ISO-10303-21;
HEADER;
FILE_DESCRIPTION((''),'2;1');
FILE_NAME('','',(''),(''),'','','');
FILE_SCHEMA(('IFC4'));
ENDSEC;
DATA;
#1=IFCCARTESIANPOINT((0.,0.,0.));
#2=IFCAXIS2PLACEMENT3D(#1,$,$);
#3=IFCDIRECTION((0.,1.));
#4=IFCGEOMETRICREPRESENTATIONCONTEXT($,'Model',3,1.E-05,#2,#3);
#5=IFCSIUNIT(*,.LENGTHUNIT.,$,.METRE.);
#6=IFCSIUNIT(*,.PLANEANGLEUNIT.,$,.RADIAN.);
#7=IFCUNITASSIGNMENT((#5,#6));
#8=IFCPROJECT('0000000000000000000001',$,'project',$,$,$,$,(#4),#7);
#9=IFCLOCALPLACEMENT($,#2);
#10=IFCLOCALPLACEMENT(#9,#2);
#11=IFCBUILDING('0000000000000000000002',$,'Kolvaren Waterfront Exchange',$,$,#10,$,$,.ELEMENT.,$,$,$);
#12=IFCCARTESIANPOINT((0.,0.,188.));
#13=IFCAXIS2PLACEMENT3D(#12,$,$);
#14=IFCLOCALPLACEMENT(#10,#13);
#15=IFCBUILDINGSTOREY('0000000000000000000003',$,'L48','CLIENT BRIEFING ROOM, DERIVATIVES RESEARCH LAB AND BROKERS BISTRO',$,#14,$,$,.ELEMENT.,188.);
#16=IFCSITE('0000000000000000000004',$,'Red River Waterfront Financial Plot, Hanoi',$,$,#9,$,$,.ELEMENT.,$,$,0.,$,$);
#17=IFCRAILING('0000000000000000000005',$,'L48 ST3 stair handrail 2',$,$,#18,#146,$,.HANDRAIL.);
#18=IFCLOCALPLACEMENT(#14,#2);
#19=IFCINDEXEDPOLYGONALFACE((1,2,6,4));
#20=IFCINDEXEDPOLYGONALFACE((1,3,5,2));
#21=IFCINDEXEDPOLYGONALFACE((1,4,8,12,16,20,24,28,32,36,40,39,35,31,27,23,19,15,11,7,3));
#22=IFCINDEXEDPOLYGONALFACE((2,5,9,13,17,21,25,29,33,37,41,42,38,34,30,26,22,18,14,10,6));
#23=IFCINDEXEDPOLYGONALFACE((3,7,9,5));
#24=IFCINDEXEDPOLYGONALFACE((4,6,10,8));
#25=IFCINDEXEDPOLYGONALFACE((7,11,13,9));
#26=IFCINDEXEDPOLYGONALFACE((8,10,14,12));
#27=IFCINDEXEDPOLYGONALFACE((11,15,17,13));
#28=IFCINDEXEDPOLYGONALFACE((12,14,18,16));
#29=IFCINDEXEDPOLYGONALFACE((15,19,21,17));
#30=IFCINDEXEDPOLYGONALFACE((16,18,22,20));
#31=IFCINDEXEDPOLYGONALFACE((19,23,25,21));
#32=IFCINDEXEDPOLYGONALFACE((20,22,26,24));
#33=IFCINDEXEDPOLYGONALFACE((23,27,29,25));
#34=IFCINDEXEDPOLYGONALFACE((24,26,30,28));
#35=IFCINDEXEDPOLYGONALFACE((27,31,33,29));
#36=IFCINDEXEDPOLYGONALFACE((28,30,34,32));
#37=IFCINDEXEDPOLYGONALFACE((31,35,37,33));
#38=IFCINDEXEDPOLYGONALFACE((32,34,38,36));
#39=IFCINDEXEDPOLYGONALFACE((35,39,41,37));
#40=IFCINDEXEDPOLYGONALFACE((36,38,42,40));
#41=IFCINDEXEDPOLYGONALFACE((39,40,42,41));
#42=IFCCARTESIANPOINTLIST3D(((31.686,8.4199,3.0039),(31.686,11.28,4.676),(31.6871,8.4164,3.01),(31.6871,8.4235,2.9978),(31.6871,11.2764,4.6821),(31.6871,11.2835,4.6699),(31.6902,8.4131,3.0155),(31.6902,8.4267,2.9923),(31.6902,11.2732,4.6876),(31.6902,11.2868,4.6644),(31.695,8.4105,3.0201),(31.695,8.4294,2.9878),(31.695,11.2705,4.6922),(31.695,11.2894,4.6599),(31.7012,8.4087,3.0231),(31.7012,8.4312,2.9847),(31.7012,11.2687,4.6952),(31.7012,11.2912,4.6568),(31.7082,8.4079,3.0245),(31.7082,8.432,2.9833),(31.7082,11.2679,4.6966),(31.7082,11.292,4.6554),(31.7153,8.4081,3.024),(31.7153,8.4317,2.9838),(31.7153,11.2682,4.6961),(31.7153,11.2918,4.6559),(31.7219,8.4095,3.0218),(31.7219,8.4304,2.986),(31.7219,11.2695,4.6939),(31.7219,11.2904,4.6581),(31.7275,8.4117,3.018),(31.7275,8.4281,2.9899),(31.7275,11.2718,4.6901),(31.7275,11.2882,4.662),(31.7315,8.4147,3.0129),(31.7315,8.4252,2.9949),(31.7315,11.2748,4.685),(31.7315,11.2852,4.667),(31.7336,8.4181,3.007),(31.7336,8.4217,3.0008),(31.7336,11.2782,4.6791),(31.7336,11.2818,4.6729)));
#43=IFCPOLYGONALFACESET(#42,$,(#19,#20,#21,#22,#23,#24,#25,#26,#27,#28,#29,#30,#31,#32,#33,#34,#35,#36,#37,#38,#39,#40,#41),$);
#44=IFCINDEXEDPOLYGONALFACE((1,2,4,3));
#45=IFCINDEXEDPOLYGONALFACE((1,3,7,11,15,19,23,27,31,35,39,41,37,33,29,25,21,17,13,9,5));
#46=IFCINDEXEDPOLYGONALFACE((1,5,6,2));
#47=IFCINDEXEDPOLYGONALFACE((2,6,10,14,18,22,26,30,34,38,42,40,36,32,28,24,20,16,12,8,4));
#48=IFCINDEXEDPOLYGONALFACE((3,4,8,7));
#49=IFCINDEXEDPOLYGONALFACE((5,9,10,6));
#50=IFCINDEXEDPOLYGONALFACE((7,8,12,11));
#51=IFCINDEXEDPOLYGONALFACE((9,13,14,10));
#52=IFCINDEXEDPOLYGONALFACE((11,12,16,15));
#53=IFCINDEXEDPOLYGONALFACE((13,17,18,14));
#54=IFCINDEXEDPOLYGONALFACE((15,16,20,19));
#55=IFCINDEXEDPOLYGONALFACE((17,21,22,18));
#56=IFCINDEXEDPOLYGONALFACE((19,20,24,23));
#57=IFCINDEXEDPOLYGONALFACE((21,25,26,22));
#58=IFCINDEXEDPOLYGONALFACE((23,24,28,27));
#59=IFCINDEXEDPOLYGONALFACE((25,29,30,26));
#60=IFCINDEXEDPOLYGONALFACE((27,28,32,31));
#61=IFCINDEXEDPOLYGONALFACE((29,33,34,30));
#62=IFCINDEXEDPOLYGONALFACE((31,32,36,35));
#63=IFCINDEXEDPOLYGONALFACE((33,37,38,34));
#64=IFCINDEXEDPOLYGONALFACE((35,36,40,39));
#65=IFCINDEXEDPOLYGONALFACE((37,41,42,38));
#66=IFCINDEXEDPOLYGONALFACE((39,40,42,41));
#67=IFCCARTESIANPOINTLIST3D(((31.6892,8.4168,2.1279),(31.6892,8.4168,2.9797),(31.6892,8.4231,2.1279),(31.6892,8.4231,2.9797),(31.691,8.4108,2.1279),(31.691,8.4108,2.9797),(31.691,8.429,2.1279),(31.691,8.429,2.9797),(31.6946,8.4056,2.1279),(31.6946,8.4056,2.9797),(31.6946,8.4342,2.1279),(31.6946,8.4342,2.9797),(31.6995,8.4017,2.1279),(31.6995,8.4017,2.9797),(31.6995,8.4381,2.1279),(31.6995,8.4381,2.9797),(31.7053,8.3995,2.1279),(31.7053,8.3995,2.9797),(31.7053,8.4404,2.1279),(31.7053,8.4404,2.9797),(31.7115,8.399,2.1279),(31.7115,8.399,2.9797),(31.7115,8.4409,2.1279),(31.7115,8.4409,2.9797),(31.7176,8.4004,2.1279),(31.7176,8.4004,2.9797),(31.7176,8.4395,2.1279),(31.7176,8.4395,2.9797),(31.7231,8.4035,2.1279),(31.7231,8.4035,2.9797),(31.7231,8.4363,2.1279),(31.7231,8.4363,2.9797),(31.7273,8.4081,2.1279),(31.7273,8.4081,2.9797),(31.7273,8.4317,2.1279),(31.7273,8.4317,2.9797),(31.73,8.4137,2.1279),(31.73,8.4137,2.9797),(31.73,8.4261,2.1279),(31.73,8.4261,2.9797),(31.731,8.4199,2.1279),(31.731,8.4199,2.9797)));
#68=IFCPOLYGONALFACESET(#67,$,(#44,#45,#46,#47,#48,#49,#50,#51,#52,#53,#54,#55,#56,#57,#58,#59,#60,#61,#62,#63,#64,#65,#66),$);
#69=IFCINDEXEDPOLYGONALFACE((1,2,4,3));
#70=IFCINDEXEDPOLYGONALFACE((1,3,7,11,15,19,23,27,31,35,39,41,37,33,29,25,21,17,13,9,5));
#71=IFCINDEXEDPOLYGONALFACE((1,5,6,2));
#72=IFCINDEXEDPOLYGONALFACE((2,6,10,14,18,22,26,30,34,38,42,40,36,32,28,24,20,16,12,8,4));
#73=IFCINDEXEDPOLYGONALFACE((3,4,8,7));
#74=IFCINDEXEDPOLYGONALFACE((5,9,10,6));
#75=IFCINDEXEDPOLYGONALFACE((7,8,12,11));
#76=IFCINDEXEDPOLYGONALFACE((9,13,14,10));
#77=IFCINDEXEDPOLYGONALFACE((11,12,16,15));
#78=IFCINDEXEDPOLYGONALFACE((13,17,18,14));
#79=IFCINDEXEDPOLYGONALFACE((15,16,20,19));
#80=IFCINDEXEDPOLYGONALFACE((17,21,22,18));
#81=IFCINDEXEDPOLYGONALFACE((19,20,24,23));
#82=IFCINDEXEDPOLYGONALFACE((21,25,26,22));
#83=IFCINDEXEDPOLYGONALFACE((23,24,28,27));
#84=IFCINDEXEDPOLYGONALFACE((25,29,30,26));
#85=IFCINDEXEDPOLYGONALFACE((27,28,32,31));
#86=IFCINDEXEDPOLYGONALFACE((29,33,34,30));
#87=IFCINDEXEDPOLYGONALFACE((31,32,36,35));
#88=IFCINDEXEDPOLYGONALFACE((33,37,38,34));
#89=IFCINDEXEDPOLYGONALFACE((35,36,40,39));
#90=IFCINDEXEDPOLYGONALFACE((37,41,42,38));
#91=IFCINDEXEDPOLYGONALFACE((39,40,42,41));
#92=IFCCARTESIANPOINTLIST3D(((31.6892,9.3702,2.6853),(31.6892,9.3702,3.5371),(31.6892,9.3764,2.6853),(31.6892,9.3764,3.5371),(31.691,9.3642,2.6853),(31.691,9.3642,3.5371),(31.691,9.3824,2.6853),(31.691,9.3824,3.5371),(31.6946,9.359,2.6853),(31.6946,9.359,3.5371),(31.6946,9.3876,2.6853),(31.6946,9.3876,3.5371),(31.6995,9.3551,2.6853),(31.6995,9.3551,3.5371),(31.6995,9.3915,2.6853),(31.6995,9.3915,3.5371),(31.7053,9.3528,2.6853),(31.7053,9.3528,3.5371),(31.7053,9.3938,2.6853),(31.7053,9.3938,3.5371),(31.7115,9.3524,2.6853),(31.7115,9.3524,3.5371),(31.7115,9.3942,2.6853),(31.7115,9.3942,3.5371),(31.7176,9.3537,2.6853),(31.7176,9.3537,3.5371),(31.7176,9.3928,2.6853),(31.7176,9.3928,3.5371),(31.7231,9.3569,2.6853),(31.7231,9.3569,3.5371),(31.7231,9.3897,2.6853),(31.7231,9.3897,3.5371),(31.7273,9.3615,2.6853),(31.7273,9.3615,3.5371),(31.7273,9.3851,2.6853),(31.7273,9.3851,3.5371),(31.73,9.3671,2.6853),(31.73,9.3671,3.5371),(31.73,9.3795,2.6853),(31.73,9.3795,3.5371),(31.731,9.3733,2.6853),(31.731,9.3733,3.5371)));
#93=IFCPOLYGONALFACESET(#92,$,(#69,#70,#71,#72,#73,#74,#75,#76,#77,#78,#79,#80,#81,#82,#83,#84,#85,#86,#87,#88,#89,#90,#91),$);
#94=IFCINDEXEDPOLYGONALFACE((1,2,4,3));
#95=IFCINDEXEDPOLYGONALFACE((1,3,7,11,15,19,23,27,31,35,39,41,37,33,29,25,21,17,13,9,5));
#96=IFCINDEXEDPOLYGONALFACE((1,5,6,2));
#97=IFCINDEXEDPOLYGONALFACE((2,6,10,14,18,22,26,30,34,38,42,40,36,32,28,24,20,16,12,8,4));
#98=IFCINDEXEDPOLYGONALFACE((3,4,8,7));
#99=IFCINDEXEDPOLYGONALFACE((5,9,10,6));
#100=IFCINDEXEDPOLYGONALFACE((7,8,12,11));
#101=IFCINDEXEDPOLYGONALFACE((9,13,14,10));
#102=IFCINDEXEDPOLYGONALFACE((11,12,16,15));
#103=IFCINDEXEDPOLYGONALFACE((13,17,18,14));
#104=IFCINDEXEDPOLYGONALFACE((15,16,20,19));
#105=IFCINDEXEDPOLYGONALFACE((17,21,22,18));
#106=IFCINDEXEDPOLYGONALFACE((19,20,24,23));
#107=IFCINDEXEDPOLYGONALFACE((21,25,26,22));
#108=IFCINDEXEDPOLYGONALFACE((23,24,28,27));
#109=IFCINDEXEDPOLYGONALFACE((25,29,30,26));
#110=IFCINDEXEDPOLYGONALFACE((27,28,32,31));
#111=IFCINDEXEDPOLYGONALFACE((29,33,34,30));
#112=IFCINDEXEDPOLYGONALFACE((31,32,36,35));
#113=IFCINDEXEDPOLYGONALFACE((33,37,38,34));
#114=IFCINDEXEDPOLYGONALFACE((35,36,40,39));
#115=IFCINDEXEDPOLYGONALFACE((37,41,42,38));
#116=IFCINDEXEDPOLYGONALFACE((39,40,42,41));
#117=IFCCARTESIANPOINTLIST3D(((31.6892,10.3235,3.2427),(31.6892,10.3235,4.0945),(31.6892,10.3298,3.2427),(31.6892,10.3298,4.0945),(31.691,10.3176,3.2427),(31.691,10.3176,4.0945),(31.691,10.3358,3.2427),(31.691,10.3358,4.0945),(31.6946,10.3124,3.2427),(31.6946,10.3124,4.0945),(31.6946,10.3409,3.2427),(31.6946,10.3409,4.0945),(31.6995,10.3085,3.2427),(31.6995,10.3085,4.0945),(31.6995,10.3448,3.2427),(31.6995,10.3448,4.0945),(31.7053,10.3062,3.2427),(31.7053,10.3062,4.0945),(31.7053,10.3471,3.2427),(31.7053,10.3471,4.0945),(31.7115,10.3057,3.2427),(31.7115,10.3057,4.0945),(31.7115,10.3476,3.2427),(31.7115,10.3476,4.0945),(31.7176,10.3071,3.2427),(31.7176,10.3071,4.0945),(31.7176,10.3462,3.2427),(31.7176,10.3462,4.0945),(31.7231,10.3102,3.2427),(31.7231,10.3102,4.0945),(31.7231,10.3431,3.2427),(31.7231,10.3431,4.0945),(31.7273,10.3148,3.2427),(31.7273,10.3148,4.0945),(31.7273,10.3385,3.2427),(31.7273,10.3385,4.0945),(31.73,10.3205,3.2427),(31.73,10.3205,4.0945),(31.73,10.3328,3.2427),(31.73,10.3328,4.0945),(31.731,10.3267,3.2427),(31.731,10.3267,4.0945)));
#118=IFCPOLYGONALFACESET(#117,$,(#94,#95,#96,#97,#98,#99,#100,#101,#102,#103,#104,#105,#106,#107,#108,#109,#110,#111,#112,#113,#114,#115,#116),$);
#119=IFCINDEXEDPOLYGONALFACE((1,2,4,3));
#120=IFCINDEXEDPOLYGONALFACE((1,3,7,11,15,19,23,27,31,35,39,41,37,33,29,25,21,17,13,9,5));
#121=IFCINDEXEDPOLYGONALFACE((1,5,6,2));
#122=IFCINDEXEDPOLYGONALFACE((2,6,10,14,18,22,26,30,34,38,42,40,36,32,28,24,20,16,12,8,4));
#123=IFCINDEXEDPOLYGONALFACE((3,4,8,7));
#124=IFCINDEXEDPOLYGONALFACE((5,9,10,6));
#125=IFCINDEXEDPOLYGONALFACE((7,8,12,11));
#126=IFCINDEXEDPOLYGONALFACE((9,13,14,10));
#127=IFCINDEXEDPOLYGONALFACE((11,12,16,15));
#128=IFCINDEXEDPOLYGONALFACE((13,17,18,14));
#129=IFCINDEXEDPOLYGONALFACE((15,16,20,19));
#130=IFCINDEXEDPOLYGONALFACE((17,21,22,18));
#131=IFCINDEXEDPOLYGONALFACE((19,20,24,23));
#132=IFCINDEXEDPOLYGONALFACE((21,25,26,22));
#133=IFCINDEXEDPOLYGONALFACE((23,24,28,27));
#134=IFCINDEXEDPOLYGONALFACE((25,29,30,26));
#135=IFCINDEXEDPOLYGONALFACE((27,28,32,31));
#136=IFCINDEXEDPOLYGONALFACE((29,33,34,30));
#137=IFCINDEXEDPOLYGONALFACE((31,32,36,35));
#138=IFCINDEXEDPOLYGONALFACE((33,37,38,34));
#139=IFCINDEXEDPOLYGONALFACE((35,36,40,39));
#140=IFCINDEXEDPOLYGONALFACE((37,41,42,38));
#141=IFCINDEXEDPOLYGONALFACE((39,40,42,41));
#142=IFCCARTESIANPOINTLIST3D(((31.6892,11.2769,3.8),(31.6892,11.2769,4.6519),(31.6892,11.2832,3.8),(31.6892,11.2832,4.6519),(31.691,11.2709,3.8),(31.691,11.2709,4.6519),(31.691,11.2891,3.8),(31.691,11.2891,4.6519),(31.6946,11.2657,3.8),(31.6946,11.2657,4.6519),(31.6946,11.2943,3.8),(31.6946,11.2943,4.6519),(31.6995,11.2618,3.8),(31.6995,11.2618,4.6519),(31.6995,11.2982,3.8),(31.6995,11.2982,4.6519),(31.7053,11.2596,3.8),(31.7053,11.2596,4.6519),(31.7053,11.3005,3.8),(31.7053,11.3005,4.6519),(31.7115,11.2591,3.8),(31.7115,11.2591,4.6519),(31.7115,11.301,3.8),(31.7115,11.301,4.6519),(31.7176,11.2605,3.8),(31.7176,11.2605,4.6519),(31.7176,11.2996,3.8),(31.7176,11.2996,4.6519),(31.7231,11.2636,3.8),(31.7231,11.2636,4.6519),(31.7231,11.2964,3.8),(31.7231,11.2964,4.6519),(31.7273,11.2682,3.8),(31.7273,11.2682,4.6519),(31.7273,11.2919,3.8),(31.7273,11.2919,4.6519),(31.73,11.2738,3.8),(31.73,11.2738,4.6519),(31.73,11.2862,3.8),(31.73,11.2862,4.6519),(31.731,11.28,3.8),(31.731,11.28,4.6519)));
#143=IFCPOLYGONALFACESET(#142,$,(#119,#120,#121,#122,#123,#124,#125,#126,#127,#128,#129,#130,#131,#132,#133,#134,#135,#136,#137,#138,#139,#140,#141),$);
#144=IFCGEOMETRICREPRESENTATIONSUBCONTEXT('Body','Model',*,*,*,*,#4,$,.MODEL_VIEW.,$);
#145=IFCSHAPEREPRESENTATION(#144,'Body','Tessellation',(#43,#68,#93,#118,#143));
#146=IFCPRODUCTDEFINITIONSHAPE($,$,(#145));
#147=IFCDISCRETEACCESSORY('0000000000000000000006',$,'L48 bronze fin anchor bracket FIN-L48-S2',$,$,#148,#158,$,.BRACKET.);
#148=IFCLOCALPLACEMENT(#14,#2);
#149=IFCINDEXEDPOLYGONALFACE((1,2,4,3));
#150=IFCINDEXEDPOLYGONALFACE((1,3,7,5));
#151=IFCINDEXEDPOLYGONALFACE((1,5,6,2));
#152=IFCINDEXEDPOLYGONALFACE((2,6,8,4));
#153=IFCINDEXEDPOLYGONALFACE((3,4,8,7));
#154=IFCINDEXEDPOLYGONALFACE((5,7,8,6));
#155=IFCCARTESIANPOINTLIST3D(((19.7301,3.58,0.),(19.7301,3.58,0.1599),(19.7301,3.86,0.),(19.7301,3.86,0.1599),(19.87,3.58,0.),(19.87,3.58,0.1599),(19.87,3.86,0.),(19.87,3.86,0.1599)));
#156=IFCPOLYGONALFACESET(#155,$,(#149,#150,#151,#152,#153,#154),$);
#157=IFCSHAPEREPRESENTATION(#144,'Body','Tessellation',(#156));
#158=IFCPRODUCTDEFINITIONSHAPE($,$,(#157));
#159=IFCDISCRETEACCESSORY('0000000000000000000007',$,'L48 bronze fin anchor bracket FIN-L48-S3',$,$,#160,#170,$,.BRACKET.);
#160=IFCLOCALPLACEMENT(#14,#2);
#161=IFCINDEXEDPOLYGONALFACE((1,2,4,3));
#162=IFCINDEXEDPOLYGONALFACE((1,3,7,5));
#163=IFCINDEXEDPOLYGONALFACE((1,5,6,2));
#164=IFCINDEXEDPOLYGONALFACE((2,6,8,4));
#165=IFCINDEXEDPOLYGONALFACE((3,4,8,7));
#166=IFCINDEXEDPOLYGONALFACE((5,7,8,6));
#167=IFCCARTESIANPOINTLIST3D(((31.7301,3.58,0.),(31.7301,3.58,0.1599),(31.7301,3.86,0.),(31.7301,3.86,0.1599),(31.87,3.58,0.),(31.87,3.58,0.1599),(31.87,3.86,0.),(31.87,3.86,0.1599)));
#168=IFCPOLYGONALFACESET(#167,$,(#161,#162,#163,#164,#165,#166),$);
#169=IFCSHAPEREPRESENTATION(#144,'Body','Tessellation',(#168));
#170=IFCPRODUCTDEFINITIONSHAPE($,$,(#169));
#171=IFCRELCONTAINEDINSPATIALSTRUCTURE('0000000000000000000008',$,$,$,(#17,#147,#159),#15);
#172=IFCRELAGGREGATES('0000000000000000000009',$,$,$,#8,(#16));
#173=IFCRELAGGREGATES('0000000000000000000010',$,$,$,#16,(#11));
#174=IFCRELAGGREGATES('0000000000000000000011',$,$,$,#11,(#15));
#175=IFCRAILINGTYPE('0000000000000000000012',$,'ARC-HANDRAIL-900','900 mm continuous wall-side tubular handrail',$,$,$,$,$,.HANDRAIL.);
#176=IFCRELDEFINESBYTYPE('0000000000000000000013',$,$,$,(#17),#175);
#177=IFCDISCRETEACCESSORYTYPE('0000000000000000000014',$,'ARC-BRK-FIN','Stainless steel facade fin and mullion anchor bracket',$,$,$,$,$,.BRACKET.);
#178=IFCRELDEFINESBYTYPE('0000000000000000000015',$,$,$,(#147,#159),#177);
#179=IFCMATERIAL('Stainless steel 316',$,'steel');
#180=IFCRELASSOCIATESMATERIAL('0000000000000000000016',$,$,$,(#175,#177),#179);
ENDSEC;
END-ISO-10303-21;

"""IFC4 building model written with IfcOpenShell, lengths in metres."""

from ifc_helpers import new_model, si_unit, direction, frame, origin, origin_with_axes, origin_2d, place, context, subcontext, project, spatial, rectangle, circle, extrude, source, transform, mapped, material, type_object, element, save


model = new_model("IFC4")

# Units and contexts
model_context = context("Model", 3, precision=1e-05, world=origin(), true_north=direction((0.0, 1.0)))
body_context = subcontext(model_context, "Body", "Model", "MODEL_VIEW")
ifc_project = project(units=[si_unit("LENGTHUNIT", "METRE"), si_unit("PLANEANGLEUNIT", "RADIAN")], contexts=[model_context])

# Site, building, storey
site_placement = place(None, origin())
site = spatial("IfcSite", under=ifc_project, at=site_placement, Name="Red River Waterfront Financial Plot, Hanoi", CompositionType="ELEMENT", RefElevation=0.0)
building_placement = place(site_placement, origin())
building = spatial("IfcBuilding", under=site, at=building_placement, Name="Kolvaren Waterfront Exchange", CompositionType="ELEMENT")
storey_placement = place(building_placement, frame((0.0, 0.0, 188.0)))
storey = spatial("IfcBuildingStorey", under=building, at=storey_placement, Name="L48", Description="CLIENT BRIEFING ROOM, DERIVATIVES RESEARCH LAB AND BROKERS BISTRO", CompositionType="ELEMENT", Elevation=188.0)

# Railing
ifc_material_1 = material(Name="Stainless steel 316", Category="steel")
railing_type_1 = type_object("IfcRailingType", Name="ARC-HANDRAIL-900", Description="900 mm continuous wall-side tubular handrail", PredefinedType="HANDRAIL", material=ifc_material_1)
railing_1_placement = place(storey_placement, frame((31.71, 8.4199, 2.1279)))
element("IfcRailing", 1, at=railing_1_placement, inside=storey, type_object=railing_type_1, Name="L48 ST3 stair handrail 2", PredefinedType="HANDRAIL", context=body_context, shape_type="SweptSolid", body=[
    extrude(circle(Radius=0.0239, at=origin_2d()), frame((0.0, 0.0, 0.876), z_axis=(0.0, 0.863289, 0.504709), x_axis=(-1.0, 0.0, 0.0)), (0.0, 0.0, 1.0), 3.313),
    extrude(circle(Radius=0.021, at=origin_2d()), origin(), (0.0, 0.0, 1.0), 0.8518),
    extrude(circle(Radius=0.021, at=origin_2d()), frame((0.0, 0.9534, 0.5574)), (0.0, 0.0, 1.0), 0.8518),
    extrude(circle(Radius=0.021, at=origin_2d()), frame((0.0, 1.9067, 1.1147)), (0.0, 0.0, 1.0), 0.8518),
    extrude(circle(Radius=0.021, at=origin_2d()), frame((0.0, 2.8601, 1.6721)), (0.0, 0.0, 1.0), 0.8518),
])

# Discrete accessories
discrete_accessory_type = type_object("IfcDiscreteAccessoryType", Name="ARC-BRK-FIN", Description="Stainless steel facade fin and mullion anchor bracket", PredefinedType="BRACKET", material=ifc_material_1)
shared_shape_1 = source(origin_with_axes(), body_context, "Body", "SweptSolid", [
    extrude(rectangle(XDim=0.28, YDim=0.1399, at=origin_2d()), origin(), (0.0, 0.0, 1.0), 0.1599),
])
for number, where, z_axis, x_axis, name in (
    (2, (19.8, 3.72, 0.0), (0.0, 0.0, 1.0), (0.0, -1.0, 0.0), "L48 bronze fin anchor bracket FIN-L48-S2"),
    (3, (31.8, 3.72, 0.0), (0.0, 0.0, 1.0), (0.0, -1.0, 0.0), "L48 bronze fin anchor bracket FIN-L48-S3"),
):
    element("IfcDiscreteAccessory", number, at=place(storey_placement, frame(where, z_axis=z_axis, x_axis=x_axis)), inside=storey, type_object=discrete_accessory_type, Name=name, PredefinedType="BRACKET", context=body_context, shape_type="MappedRepresentation", body=[
        mapped(shared_shape_1, transform((0.0, 0.0, 0.0), x_axis=(1.0, 0.0, 0.0), y_axis=(0.0, 1.0, 0.0), z_axis=(0.0, 0.0, 1.0), scale=1.0)),
    ])

save(model, "model.ifc")
